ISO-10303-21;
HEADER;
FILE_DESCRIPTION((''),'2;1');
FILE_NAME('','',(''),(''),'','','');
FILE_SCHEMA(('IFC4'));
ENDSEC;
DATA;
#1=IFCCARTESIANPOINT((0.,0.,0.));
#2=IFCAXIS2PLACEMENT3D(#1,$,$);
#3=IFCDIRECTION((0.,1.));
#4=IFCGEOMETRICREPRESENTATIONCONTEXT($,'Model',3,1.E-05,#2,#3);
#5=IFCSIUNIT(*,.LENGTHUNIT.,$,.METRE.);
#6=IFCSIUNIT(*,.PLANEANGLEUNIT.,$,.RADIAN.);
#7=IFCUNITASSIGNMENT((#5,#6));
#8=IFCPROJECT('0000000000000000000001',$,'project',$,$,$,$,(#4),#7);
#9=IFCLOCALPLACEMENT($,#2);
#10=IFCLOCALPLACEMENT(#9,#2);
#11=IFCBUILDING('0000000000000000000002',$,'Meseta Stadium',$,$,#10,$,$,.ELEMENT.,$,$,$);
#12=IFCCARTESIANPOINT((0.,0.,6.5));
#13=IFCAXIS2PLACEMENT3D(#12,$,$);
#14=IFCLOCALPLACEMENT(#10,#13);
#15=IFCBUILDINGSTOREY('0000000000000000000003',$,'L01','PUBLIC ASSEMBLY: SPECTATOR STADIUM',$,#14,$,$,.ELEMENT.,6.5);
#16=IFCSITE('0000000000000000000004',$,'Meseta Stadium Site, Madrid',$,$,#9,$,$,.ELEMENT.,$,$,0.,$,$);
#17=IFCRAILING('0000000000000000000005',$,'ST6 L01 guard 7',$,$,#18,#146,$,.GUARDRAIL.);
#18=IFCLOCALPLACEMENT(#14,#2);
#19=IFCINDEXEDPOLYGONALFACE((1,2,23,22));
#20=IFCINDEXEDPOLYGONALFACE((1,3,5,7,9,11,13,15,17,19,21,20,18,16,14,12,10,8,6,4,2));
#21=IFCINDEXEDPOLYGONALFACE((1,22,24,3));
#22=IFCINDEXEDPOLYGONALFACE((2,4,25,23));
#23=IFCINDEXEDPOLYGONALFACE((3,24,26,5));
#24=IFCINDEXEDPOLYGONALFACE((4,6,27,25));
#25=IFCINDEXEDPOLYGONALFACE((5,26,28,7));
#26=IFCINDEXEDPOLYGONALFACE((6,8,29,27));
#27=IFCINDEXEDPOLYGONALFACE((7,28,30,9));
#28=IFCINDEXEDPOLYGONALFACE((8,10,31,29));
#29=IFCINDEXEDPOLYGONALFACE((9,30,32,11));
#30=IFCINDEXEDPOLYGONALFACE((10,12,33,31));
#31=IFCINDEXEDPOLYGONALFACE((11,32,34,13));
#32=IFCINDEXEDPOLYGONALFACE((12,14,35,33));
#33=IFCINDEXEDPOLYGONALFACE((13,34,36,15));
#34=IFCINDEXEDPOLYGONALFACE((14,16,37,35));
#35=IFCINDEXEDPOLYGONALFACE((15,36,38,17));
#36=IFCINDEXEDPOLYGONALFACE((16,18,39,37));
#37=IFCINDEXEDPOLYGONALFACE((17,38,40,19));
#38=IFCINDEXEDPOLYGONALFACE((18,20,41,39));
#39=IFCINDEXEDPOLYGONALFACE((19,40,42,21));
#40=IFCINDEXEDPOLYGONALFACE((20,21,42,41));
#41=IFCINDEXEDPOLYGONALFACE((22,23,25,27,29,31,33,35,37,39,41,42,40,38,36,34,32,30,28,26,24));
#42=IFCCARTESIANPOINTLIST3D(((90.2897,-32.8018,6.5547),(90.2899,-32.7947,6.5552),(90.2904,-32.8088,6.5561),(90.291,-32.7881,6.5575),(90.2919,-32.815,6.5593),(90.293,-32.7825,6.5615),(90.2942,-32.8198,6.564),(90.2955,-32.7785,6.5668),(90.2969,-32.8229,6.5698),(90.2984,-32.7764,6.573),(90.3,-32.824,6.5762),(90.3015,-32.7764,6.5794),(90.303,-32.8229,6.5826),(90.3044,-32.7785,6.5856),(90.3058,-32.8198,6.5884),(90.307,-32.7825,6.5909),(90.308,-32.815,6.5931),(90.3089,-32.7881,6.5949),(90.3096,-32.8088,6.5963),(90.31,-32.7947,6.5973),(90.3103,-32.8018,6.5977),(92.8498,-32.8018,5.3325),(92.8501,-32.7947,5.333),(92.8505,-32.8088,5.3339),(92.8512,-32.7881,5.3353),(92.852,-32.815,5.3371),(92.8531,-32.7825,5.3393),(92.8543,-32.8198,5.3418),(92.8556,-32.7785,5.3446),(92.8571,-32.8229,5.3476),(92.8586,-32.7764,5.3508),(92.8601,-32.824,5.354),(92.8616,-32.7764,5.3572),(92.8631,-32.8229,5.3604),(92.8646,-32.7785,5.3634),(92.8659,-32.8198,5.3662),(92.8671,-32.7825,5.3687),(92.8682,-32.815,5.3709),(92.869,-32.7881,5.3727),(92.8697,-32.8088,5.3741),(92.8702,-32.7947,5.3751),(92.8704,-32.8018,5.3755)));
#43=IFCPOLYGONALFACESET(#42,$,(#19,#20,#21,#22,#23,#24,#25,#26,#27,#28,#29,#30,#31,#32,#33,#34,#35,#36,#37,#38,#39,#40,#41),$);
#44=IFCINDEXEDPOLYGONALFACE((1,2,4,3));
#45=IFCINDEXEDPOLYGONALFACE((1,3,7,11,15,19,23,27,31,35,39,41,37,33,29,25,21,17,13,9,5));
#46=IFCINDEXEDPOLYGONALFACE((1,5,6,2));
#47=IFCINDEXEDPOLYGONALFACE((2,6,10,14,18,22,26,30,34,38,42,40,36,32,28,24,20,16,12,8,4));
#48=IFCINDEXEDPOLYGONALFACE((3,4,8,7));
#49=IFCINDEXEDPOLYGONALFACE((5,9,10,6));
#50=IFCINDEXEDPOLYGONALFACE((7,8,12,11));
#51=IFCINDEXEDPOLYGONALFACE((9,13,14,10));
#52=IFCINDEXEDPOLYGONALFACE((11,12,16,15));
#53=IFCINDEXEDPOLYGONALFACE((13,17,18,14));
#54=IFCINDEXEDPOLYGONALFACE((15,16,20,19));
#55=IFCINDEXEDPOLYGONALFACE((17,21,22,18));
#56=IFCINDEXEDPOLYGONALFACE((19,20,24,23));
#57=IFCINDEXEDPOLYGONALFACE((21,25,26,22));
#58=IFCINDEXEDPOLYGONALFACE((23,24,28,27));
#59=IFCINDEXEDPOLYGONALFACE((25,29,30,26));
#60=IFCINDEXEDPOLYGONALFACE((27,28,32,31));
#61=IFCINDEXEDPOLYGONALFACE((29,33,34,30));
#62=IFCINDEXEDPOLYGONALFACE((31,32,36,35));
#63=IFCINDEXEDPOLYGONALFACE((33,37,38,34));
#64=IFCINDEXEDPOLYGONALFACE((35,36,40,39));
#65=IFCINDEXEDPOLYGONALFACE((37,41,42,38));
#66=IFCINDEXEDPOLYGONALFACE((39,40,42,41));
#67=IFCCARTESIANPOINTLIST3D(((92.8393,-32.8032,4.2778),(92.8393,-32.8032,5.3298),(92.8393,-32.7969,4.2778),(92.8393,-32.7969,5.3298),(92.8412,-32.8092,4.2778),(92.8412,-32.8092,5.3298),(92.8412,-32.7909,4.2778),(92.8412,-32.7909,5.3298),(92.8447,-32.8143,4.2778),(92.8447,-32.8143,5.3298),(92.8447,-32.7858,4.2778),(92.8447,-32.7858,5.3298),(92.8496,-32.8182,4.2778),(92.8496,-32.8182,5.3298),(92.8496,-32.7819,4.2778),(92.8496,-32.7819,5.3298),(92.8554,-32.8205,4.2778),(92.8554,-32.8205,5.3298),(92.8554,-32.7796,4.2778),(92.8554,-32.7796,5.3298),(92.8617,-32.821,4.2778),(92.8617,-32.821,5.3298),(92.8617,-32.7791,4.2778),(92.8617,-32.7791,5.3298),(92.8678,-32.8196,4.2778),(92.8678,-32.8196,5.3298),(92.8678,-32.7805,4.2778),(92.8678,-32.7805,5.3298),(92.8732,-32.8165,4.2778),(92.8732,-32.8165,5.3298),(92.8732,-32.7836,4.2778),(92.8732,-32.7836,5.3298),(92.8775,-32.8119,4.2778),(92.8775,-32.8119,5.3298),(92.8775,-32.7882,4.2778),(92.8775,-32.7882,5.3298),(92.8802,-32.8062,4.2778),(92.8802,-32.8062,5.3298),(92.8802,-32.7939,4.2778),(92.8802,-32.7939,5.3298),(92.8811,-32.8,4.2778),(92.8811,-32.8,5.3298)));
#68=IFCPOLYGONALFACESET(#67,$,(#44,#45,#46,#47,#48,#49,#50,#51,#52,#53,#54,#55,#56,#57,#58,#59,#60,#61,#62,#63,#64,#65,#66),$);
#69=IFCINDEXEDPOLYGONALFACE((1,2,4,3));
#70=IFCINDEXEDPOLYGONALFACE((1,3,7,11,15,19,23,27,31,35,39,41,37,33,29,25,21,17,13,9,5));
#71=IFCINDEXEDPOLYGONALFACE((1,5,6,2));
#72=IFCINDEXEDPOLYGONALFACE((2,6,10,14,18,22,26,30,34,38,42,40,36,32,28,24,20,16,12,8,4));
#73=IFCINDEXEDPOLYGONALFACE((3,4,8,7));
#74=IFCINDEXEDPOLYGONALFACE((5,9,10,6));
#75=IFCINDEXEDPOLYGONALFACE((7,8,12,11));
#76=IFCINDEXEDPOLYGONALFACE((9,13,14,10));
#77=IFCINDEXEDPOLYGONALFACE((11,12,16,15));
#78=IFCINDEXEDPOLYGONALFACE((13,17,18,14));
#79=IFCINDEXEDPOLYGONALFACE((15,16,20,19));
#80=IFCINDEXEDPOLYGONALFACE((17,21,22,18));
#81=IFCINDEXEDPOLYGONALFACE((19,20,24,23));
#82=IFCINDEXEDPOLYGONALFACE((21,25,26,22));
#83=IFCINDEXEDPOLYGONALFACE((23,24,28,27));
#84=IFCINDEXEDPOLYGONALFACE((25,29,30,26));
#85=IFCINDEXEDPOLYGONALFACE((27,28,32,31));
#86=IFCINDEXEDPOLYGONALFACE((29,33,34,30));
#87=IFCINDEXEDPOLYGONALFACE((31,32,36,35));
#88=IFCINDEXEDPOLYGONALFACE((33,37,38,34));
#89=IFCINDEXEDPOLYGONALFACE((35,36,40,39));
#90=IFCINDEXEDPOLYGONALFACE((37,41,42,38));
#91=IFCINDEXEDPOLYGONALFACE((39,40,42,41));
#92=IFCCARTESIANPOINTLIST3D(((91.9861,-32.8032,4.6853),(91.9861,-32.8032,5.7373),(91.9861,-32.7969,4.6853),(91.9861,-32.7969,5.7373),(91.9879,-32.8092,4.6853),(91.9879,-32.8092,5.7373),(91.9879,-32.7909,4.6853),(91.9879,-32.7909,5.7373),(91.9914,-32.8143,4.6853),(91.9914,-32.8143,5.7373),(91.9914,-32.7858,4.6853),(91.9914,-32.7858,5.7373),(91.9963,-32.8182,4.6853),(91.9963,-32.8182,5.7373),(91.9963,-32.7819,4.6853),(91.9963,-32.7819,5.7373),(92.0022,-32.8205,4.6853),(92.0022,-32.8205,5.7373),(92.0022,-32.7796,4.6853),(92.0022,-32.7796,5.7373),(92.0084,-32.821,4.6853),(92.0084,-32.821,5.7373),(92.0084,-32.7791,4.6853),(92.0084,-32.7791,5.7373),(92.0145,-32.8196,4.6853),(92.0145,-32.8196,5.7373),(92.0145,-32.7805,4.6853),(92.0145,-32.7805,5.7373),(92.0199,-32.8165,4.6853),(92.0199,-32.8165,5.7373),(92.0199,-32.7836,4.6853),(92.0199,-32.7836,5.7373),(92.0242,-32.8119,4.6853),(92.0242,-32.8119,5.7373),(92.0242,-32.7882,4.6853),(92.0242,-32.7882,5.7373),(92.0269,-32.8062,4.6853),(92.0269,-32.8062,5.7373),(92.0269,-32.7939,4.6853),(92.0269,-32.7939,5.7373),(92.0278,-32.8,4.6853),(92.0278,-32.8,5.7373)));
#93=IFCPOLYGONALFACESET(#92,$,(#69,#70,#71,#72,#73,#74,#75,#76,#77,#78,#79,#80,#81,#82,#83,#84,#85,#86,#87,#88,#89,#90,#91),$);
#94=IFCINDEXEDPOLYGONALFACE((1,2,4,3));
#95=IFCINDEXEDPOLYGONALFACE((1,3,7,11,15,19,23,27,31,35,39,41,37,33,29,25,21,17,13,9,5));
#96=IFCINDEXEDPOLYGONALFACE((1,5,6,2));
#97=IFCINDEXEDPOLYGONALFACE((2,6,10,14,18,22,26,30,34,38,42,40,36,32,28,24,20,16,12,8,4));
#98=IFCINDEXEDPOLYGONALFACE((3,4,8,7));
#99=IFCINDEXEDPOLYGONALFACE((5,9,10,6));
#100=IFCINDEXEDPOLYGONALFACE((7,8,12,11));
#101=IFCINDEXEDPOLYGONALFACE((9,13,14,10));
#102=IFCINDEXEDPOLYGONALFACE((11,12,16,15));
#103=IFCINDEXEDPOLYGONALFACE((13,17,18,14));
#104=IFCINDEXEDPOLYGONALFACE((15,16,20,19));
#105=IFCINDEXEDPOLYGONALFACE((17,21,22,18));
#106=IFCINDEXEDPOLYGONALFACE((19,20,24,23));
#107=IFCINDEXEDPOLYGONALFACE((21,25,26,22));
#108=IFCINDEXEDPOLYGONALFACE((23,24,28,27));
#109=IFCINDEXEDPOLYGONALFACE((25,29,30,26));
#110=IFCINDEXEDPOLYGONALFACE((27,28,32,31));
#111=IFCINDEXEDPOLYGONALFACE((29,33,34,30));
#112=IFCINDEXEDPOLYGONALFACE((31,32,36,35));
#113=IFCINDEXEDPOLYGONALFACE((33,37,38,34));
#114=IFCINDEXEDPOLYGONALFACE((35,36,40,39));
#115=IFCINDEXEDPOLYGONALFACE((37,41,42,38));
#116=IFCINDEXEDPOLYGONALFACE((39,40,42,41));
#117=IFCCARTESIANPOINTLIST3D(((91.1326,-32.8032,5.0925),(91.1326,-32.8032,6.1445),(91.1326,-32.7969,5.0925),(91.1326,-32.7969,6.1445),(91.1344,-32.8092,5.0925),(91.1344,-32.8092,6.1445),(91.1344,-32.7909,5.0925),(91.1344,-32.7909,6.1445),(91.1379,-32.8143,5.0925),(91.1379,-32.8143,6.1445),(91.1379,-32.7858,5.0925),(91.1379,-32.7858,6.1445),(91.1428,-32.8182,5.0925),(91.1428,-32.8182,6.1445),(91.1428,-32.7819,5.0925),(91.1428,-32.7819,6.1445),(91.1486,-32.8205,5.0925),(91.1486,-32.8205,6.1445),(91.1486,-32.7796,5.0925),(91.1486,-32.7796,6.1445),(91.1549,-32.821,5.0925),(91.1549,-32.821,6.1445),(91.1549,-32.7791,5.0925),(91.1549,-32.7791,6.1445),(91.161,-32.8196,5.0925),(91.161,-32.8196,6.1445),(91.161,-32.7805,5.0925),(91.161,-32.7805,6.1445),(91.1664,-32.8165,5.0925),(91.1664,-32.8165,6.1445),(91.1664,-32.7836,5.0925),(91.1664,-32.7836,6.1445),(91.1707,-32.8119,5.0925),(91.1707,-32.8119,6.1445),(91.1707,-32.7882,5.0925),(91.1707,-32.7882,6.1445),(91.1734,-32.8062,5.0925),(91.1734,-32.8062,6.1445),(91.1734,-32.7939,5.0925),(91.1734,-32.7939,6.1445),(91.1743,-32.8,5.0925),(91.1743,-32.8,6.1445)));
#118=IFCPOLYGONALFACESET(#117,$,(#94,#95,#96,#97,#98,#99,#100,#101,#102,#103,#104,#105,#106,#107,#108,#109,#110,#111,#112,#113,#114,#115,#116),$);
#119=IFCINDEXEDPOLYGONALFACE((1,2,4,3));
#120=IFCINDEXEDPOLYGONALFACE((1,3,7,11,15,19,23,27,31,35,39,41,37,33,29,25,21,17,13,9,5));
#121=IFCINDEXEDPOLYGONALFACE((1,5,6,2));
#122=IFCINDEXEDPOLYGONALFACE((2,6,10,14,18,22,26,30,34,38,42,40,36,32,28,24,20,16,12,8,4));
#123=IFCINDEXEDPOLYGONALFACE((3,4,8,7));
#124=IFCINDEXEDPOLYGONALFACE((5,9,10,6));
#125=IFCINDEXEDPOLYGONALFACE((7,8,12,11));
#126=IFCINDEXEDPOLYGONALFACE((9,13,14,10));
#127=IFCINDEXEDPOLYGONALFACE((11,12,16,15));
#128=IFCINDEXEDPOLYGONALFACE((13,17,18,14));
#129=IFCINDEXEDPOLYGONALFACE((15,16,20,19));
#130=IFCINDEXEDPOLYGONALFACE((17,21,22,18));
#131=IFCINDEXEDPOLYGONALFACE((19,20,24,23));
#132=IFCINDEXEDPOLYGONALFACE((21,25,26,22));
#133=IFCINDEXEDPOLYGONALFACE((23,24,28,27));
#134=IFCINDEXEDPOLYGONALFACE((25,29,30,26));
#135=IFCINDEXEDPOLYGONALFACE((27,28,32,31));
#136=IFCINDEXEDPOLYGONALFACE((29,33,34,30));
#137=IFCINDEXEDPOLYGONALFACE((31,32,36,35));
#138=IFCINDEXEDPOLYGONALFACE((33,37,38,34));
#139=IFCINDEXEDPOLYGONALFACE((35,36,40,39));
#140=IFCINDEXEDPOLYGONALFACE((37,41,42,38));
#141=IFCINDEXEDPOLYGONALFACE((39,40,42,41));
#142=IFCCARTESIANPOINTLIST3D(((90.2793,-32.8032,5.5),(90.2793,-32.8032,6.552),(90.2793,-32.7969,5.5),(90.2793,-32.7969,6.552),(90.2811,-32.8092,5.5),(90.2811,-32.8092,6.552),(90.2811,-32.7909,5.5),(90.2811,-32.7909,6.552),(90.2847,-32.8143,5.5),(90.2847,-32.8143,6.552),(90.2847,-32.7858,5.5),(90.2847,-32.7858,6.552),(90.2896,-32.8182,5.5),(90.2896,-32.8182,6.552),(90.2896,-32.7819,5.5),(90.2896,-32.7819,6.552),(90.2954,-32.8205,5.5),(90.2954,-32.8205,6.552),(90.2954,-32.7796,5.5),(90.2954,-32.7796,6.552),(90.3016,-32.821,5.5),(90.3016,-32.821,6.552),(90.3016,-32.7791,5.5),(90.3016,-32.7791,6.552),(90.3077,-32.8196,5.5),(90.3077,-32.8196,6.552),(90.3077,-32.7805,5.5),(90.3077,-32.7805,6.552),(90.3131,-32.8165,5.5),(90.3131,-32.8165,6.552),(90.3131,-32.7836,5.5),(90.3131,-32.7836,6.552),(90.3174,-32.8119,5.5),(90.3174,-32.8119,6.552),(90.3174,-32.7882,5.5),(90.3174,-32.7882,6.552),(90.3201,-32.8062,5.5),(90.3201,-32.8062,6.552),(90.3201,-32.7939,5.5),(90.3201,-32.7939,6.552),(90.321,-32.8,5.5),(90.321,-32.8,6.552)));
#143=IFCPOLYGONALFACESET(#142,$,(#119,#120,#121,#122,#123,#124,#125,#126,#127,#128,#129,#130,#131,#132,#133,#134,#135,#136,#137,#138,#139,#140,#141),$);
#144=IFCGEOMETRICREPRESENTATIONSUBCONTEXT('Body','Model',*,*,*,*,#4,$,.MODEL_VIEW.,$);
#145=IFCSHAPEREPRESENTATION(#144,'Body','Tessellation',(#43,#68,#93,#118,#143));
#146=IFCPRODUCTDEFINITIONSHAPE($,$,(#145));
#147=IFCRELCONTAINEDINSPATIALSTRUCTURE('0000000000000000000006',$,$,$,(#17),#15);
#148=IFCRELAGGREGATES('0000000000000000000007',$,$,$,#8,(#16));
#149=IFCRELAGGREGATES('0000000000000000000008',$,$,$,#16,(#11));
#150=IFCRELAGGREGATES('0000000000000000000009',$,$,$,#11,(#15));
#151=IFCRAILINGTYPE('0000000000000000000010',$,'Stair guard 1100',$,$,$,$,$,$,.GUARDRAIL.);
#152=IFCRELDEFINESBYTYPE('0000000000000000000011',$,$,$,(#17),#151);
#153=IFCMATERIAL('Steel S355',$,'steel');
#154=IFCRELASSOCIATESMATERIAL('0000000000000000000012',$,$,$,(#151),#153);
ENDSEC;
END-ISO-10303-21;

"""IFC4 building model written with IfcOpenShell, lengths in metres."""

from ifc_helpers import new_model, si_unit, direction, frame, origin, origin_2d, place, context, subcontext, project, spatial, circle, extrude, material, type_object, element, save


model = new_model("IFC4")

# Units and contexts
model_context = context("Model", 3, precision=1e-05, world=origin(), true_north=direction((0.0, 1.0)))
body_context = subcontext(model_context, "Body", "Model", "MODEL_VIEW")
ifc_project = project(units=[si_unit("LENGTHUNIT", "METRE"), si_unit("PLANEANGLEUNIT", "RADIAN")], contexts=[model_context])

# Site, building, storey
site_placement = place(None, origin())
site = spatial("IfcSite", under=ifc_project, at=site_placement, Name="Meseta Stadium Site, Madrid", CompositionType="ELEMENT", RefElevation=0.0)
building_placement = place(site_placement, origin())
building = spatial("IfcBuilding", under=site, at=building_placement, Name="Meseta Stadium", CompositionType="ELEMENT")
storey_placement = place(building_placement, frame((0.0, 0.0, 6.5)))
storey = spatial("IfcBuildingStorey", under=building, at=storey_placement, Name="L01", Description="PUBLIC ASSEMBLY: SPECTATOR STADIUM", CompositionType="ELEMENT", Elevation=6.5)

# Railing
ifc_material_1 = material(Name="Steel S355", Category="steel")
railing_type_1 = type_object("IfcRailingType", Name="Stair guard 1100", PredefinedType="GUARDRAIL", material=ifc_material_1)
railing_1_placement = place(storey_placement, frame((92.8601, -32.8, 4.2778)))
element("IfcRailing", 1, at=railing_1_placement, inside=storey, type_object=railing_type_1, Name="ST6 L01 guard 7", PredefinedType="GUARDRAIL", context=body_context, shape_type="SweptSolid", body=[
    extrude(circle(Radius=0.0239, at=origin_2d()), frame((0.0, 0.0, 1.0762), z_axis=(-0.902437, 0.0, 0.430822), x_axis=(0.0, -1.0, 0.0)), (0.0, 0.0, 1.0), 2.8369),
    extrude(circle(Radius=0.021, at=origin_2d()), origin(), (0.0, 0.0, 1.0), 1.052),
    extrude(circle(Radius=0.021, at=origin_2d()), frame((-0.8533, 0.0, 0.4075)), (0.0, 0.0, 1.0), 1.052),
    extrude(circle(Radius=0.021, at=origin_2d()), frame((-1.7068, 0.0, 0.8147)), (0.0, 0.0, 1.0), 1.052),
    extrude(circle(Radius=0.021, at=origin_2d()), frame((-2.5601, 0.0, 1.2222)), (0.0, 0.0, 1.0), 1.052),
])

save(model, "model.ifc")
